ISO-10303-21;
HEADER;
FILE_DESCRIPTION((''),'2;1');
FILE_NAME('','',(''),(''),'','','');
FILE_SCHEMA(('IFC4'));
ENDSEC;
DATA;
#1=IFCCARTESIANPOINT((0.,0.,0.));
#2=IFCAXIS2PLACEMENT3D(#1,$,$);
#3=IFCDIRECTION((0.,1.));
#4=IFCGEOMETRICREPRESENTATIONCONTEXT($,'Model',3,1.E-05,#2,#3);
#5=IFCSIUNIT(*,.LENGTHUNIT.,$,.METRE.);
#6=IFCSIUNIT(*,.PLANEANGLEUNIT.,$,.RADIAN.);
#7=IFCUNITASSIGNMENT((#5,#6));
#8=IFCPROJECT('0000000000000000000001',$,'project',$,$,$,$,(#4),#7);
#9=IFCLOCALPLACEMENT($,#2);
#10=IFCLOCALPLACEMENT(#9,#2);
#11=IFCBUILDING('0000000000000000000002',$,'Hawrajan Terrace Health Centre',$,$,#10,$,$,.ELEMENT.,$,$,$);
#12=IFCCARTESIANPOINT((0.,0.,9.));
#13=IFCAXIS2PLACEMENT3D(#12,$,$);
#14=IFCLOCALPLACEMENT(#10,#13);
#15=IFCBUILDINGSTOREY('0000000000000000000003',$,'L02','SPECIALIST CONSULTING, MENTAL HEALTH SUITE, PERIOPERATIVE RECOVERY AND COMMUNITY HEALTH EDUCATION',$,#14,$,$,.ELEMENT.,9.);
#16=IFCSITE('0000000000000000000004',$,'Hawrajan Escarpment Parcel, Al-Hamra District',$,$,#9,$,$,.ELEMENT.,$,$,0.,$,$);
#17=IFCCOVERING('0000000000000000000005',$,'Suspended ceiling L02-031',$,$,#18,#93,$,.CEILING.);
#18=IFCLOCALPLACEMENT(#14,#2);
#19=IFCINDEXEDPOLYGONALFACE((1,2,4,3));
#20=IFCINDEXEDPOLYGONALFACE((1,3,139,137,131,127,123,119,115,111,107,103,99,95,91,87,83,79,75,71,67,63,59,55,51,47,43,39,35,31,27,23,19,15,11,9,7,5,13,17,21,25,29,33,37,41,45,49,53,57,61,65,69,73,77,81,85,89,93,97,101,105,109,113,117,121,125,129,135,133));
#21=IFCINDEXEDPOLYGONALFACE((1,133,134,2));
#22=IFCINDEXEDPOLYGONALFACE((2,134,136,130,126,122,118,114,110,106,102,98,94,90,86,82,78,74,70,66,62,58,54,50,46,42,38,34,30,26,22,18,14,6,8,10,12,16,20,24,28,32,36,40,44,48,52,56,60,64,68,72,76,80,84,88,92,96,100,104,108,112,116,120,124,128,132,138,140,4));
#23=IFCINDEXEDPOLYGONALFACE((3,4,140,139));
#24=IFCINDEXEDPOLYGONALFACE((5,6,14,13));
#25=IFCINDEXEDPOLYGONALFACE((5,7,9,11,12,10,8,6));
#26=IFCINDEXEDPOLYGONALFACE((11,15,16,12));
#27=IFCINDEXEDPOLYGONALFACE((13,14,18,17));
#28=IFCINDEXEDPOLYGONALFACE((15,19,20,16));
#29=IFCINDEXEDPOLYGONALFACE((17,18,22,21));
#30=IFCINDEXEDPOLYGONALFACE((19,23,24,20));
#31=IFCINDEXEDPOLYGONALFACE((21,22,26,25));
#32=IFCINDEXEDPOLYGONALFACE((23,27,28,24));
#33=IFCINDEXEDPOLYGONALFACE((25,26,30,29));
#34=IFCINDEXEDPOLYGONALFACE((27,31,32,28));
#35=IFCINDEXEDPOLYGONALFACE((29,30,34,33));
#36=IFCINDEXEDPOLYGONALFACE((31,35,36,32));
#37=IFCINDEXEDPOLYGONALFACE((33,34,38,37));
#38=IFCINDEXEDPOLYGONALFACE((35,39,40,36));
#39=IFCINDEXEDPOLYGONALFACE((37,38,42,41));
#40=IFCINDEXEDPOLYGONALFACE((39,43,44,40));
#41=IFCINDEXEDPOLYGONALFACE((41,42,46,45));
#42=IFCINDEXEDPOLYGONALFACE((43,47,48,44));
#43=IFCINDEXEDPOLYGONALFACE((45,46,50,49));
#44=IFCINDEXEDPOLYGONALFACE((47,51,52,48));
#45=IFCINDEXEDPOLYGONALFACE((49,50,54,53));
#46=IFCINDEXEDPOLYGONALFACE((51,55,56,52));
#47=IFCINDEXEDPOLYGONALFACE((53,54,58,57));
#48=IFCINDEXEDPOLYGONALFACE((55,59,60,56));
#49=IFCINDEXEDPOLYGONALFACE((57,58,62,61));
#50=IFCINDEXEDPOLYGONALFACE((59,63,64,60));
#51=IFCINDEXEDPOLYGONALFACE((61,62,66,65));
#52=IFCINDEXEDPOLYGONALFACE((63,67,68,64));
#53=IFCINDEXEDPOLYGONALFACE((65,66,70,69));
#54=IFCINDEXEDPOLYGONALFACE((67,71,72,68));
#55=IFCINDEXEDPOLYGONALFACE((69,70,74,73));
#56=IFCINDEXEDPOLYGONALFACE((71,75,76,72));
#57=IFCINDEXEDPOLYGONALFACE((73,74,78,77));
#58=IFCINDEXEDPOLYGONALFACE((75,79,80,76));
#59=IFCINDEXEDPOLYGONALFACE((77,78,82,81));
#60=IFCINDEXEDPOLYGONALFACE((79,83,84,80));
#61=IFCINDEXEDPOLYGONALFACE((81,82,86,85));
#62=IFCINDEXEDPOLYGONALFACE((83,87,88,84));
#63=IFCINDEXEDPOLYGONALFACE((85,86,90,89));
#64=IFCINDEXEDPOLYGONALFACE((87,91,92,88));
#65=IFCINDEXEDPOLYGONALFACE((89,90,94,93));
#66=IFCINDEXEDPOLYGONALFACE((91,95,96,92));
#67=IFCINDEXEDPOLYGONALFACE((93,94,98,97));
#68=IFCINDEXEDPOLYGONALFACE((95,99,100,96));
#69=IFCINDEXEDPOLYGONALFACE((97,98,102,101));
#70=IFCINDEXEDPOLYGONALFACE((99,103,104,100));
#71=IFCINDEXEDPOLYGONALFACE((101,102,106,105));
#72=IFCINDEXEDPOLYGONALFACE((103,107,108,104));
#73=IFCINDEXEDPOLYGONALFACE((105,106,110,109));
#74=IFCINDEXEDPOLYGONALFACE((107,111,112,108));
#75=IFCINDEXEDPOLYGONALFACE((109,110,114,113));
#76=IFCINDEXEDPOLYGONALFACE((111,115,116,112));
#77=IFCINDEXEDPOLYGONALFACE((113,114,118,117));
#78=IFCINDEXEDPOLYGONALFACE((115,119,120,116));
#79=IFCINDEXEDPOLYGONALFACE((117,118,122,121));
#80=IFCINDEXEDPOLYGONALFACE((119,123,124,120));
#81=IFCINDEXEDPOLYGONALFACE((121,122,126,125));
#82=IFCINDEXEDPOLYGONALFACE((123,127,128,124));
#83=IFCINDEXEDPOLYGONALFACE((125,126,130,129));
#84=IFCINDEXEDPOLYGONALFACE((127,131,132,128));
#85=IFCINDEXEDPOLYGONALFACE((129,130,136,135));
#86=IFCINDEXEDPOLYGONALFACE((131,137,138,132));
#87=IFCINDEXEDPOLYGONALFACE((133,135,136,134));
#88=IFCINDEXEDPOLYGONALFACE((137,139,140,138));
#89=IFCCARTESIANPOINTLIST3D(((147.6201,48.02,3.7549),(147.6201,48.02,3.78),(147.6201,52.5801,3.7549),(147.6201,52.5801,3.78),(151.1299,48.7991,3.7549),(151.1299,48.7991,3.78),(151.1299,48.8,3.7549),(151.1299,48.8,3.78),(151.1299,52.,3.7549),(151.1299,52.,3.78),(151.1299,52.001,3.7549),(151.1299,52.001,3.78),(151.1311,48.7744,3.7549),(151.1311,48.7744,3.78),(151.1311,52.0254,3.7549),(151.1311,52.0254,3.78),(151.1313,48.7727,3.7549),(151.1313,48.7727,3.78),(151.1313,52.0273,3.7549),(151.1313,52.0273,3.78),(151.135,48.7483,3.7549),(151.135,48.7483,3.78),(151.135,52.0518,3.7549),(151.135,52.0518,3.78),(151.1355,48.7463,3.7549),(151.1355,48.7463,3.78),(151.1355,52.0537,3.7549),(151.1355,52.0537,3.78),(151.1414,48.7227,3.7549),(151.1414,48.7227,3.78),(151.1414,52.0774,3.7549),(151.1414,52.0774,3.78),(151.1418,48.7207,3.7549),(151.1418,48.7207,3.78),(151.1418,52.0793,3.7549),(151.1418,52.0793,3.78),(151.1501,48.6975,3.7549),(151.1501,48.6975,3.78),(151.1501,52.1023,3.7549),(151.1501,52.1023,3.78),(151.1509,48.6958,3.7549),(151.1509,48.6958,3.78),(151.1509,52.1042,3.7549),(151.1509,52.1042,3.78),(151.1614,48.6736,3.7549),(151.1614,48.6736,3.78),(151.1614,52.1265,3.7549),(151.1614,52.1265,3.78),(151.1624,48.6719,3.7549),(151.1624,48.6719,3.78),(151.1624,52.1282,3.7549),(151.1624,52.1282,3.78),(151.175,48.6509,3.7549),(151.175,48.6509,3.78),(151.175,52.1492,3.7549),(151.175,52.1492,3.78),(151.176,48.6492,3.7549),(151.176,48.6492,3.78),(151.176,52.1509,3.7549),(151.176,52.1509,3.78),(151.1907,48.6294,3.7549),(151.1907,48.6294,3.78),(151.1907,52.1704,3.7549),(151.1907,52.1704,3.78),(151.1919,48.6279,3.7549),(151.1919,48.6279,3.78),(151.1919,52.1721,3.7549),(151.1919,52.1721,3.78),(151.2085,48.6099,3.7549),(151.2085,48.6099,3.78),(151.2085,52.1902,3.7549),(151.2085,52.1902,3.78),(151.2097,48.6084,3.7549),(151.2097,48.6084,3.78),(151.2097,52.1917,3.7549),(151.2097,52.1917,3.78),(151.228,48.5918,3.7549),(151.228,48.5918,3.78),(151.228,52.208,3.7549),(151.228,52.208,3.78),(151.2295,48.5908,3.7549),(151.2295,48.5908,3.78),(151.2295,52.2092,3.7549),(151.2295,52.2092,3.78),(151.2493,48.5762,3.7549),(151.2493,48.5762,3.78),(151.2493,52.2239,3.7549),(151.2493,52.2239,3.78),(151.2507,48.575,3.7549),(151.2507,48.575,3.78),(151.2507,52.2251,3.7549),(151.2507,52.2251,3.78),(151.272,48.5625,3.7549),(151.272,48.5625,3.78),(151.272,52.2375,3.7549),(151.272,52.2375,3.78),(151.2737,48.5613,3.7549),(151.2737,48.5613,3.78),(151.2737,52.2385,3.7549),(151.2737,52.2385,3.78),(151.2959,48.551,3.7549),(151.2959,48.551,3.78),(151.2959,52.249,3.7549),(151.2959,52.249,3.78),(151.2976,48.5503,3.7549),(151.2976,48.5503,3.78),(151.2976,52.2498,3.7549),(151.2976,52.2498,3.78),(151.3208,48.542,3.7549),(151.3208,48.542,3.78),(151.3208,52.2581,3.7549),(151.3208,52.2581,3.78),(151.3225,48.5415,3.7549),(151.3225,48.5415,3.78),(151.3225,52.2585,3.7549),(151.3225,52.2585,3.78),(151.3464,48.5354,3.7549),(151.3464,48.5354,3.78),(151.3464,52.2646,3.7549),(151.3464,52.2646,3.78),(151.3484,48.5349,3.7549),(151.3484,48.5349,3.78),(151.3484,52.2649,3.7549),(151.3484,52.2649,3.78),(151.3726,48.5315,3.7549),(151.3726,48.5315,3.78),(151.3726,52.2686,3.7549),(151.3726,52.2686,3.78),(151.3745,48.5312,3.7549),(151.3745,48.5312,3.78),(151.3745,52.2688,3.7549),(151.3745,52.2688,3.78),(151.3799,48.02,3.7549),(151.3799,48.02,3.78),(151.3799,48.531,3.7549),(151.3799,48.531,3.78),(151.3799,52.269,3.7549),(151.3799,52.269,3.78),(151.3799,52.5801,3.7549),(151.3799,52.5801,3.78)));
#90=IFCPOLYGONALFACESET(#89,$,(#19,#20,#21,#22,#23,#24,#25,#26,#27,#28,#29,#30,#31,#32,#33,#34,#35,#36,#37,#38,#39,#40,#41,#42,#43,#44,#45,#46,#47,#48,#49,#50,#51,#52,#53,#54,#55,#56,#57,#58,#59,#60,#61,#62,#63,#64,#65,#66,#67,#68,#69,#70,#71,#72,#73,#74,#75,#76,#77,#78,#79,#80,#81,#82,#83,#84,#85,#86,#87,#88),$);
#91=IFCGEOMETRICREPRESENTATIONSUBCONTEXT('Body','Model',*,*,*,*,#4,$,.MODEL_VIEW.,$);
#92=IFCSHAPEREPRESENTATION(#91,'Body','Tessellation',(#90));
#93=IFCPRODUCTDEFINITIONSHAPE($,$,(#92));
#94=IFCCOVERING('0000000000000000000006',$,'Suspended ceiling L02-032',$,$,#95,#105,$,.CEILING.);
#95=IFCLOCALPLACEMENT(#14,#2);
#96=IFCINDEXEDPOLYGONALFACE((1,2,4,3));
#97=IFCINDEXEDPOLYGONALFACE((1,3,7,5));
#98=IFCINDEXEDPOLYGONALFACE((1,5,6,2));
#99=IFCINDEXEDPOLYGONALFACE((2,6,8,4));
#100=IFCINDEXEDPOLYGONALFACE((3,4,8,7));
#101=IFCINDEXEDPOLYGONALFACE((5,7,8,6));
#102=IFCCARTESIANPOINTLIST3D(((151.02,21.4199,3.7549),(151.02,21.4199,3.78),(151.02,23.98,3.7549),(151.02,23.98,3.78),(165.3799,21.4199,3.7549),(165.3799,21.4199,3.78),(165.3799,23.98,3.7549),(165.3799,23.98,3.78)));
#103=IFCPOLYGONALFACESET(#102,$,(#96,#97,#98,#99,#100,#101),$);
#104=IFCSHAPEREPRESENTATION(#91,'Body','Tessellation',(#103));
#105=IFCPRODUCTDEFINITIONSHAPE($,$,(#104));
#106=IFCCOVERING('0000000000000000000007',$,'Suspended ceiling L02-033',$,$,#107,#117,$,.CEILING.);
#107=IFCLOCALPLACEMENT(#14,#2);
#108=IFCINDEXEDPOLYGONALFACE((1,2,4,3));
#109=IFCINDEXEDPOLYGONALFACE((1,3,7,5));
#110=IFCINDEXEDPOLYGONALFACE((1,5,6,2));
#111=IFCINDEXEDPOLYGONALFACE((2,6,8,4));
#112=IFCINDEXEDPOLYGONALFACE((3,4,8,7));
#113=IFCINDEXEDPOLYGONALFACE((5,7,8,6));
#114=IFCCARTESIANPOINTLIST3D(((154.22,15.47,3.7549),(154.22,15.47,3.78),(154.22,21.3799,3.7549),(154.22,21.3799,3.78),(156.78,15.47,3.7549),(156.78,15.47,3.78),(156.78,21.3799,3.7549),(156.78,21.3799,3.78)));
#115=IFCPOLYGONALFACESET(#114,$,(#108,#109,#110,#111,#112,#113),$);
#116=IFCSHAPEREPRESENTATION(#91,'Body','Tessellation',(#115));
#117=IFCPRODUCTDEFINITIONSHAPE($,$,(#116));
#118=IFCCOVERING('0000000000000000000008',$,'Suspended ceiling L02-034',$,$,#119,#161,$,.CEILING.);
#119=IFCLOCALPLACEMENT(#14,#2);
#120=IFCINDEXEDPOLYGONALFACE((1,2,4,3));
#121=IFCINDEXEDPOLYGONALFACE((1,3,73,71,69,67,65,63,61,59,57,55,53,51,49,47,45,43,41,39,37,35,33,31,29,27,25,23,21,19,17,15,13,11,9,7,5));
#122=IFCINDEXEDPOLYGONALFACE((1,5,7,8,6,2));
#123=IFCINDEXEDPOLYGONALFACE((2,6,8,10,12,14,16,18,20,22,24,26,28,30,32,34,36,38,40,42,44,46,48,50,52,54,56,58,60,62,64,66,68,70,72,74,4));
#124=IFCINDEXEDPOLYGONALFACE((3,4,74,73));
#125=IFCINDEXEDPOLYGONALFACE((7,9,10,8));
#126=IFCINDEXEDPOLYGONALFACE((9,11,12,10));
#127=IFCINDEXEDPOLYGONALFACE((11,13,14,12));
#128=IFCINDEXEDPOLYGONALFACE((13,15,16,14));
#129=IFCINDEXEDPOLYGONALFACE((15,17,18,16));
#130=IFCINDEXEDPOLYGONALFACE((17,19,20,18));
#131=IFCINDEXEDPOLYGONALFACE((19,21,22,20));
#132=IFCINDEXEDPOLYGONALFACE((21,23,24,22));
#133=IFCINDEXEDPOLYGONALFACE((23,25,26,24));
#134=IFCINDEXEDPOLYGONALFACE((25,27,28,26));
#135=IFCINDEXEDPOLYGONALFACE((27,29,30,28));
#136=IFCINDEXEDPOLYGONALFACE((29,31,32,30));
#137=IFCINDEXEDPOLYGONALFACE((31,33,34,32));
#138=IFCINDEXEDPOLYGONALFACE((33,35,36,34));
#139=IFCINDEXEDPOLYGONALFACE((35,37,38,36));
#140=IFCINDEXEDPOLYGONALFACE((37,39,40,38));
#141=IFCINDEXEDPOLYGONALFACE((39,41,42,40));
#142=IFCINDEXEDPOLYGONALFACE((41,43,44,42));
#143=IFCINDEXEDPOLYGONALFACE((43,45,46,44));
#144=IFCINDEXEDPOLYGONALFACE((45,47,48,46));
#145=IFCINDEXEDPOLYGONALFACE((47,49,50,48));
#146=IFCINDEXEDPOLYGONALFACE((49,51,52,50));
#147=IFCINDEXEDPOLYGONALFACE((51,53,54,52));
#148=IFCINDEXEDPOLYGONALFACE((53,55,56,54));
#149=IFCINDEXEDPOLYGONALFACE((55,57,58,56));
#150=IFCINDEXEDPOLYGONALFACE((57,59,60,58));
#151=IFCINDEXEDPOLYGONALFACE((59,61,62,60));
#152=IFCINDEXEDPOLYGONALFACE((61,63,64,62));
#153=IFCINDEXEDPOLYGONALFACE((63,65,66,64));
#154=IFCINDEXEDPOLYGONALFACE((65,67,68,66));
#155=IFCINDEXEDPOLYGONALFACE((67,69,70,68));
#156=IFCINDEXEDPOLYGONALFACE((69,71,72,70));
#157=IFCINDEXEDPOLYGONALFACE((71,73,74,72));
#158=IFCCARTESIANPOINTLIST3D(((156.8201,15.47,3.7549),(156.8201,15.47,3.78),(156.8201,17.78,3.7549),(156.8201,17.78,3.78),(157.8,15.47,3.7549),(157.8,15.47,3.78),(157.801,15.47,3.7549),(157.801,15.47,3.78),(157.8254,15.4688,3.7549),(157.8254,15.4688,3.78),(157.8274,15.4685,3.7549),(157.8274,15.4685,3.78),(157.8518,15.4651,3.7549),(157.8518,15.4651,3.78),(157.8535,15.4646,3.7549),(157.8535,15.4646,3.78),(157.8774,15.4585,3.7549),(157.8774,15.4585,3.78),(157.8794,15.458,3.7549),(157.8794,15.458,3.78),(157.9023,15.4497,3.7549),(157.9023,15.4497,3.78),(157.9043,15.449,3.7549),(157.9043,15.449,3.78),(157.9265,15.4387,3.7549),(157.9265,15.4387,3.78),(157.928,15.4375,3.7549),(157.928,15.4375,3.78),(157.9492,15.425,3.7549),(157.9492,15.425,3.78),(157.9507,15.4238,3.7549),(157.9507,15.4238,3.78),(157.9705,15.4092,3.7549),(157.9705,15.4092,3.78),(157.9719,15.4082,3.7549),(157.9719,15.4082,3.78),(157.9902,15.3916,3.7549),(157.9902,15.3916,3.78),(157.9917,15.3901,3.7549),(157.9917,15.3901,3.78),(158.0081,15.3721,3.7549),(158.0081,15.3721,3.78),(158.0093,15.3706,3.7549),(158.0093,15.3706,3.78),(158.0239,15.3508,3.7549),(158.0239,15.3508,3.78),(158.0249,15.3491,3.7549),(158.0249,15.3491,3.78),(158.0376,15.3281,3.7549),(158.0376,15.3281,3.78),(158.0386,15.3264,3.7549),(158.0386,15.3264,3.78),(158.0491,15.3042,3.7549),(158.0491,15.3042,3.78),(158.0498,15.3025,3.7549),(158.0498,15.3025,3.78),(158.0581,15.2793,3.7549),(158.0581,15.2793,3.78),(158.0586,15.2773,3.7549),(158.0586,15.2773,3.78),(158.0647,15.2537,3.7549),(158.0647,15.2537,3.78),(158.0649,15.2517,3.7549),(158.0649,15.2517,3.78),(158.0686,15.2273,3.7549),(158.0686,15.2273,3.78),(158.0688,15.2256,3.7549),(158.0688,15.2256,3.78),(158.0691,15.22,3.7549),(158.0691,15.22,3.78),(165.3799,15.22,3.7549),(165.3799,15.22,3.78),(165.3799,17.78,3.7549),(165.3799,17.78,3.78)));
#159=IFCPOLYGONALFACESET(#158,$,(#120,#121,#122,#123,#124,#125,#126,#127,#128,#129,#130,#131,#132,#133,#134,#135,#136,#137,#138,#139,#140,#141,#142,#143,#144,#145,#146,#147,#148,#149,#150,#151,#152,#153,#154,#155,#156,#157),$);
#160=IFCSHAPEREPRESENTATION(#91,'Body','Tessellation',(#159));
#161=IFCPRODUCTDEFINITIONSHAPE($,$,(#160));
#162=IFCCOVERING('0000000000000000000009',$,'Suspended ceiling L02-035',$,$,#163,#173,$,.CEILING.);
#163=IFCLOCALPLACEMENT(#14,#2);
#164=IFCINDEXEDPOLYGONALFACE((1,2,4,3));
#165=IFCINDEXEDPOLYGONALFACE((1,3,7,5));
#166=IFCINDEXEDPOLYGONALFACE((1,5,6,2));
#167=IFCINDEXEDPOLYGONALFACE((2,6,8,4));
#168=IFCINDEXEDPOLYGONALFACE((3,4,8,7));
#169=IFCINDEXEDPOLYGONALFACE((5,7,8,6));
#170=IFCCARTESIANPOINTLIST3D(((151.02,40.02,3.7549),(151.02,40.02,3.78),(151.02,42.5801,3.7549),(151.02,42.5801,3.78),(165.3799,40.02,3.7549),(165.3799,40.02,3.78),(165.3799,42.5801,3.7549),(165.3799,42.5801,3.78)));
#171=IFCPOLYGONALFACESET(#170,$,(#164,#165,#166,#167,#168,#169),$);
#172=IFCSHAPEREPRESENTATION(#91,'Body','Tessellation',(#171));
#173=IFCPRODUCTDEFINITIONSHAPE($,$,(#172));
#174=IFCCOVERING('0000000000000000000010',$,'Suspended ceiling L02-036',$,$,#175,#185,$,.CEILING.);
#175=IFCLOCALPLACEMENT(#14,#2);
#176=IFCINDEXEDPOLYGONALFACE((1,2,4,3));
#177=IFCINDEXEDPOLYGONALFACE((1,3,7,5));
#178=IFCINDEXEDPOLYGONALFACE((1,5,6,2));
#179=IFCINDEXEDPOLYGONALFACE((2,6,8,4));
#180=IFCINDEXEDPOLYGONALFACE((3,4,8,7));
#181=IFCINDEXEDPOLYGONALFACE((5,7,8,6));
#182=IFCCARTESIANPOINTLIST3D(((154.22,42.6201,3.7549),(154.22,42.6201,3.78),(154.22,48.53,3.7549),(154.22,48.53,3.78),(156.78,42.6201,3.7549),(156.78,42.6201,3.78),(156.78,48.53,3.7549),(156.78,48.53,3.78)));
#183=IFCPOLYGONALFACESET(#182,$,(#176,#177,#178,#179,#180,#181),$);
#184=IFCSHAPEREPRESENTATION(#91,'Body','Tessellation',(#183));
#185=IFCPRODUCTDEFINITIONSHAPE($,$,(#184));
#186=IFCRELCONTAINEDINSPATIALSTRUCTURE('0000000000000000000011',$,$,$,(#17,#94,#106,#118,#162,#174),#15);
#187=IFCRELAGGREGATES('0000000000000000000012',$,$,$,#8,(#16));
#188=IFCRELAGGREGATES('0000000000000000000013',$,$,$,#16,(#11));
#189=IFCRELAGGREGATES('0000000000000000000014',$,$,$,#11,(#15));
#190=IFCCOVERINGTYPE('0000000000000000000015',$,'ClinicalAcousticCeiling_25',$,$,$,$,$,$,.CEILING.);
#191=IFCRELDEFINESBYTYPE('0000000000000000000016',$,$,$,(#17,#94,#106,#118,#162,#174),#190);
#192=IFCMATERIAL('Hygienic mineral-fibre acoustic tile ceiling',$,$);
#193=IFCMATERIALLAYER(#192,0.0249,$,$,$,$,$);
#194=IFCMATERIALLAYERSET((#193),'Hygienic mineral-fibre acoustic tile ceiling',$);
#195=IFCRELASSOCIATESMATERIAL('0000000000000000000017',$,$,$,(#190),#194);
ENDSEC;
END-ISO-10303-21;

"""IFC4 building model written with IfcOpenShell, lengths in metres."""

from ifc_helpers import new_model, si_unit, direction, frame, origin, place, context, subcontext, project, spatial, polyline, outline, extrude, material, layer, layer_set, type_object, element, save


model = new_model("IFC4")

# Units and contexts
model_context = context("Model", 3, precision=1e-05, world=origin(), true_north=direction((0.0, 1.0)))
body_context = subcontext(model_context, "Body", "Model", "MODEL_VIEW")
ifc_project = project(units=[si_unit("LENGTHUNIT", "METRE"), si_unit("PLANEANGLEUNIT", "RADIAN")], contexts=[model_context])

# Site, building, storey
site_placement = place(None, origin())
site = spatial("IfcSite", under=ifc_project, at=site_placement, Name="Hawrajan Escarpment Parcel, Al-Hamra District", CompositionType="ELEMENT", RefElevation=0.0)
building_placement = place(site_placement, origin())
building = spatial("IfcBuilding", under=site, at=building_placement, Name="Hawrajan Terrace Health Centre", CompositionType="ELEMENT")
storey_placement = place(building_placement, frame((0.0, 0.0, 9.0)))
storey = spatial("IfcBuildingStorey", under=building, at=storey_placement, Name="L02", Description="SPECIALIST CONSULTING, MENTAL HEALTH SUITE, PERIOPERATIVE RECOVERY AND COMMUNITY HEALTH EDUCATION", CompositionType="ELEMENT", Elevation=9.0)

# Coverings
ifc_material = material(Name="Hygienic mineral-fibre acoustic tile ceiling")
ifc_layer = layer(ifc_material, 0.0249)
ifc_layer_set = layer_set([ifc_layer], Name="Hygienic mineral-fibre acoustic tile ceiling")
covering_type = type_object("IfcCoveringType", Name="ClinicalAcousticCeiling_25", PredefinedType="CEILING", material=ifc_layer_set)
covering_1_placement = place(storey_placement, frame((0.0, 0.0, 3.7549)))
element("IfcCovering", 1, at=covering_1_placement, inside=storey, type_object=covering_type, Name="Suspended ceiling L02-031", PredefinedType="CEILING", context=body_context, shape_type="SweptSolid", body=[
    extrude(outline(polyline([(151.3799, 48.02), (147.6201, 48.02), (147.6201, 52.5801), (151.3799, 52.5801), (151.3799, 52.269), (151.3745, 52.2688), (151.3726, 52.2686), (151.3484, 52.2649), (151.3464, 52.2646), (151.3225, 52.2585), (151.3208, 52.2581), (151.2976, 52.2498), (151.2959, 52.249), (151.2737, 52.2385), (151.272, 52.2375), (151.2507, 52.2251), (151.2493, 52.2239), (151.2295, 52.2092), (151.228, 52.208), (151.2097, 52.1917), (151.2085, 52.1902), (151.1919, 52.1721), (151.1907, 52.1704), (151.176, 52.1509), (151.175, 52.1492), (151.1624, 52.1282), (151.1614, 52.1265), (151.1509, 52.1042), (151.1501, 52.1023), (151.1418, 52.0793), (151.1414, 52.0774), (151.1355, 52.0537), (151.135, 52.0518), (151.1313, 52.0273), (151.1311, 52.0254), (151.1299, 52.001), (151.1299, 52.0), (151.1299, 48.8), (151.1299, 48.7991), (151.1311, 48.7744), (151.1313, 48.7727), (151.135, 48.7483), (151.1355, 48.7463), (151.1414, 48.7227), (151.1418, 48.7207), (151.1501, 48.6975), (151.1509, 48.6958), (151.1614, 48.6736), (151.1624, 48.6719), (151.175, 48.6509), (151.176, 48.6492), (151.1907, 48.6294), (151.1919, 48.6279), (151.2085, 48.6099), (151.2097, 48.6084), (151.228, 48.5918), (151.2295, 48.5908), (151.2493, 48.5762), (151.2507, 48.575), (151.272, 48.5625), (151.2737, 48.5613), (151.2959, 48.551), (151.2976, 48.5503), (151.3208, 48.542), (151.3225, 48.5415), (151.3464, 48.5354), (151.3484, 48.5349), (151.3726, 48.5315), (151.3745, 48.5312), (151.3799, 48.531), (151.3799, 48.02)])), origin(), (0.0, 0.0, 1.0), 0.0251),
])
covering_2_placement = place(storey_placement, frame((0.0, 0.0, 3.7549)))
element("IfcCovering", 2, at=covering_2_placement, inside=storey, type_object=covering_type, Name="Suspended ceiling L02-032", PredefinedType="CEILING", context=body_context, shape_type="SweptSolid", body=[
    extrude(outline(polyline([(151.02, 23.98), (165.3799, 23.98), (165.3799, 21.4199), (151.02, 21.4199), (151.02, 23.98)])), origin(), (0.0, 0.0, 1.0), 0.0251),
])
covering_3_placement = place(storey_placement, frame((0.0, 0.0, 3.7549)))
element("IfcCovering", 3, at=covering_3_placement, inside=storey, type_object=covering_type, Name="Suspended ceiling L02-033", PredefinedType="CEILING", context=body_context, shape_type="SweptSolid", body=[
    extrude(outline(polyline([(154.22, 21.3799), (156.78, 21.3799), (156.78, 15.47), (154.22, 15.47), (154.22, 21.3799)])), origin(), (0.0, 0.0, 1.0), 0.0251),
])
covering_4_placement = place(storey_placement, frame((0.0, 0.0, 3.7549)))
element("IfcCovering", 4, at=covering_4_placement, inside=storey, type_object=covering_type, Name="Suspended ceiling L02-034", PredefinedType="CEILING", context=body_context, shape_type="SweptSolid", body=[
    extrude(outline(polyline([(156.8201, 17.78), (165.3799, 17.78), (165.3799, 15.22), (158.0691, 15.22), (158.0688, 15.2256), (158.0686, 15.2273), (158.0649, 15.2517), (158.0647, 15.2537), (158.0586, 15.2773), (158.0581, 15.2793), (158.0498, 15.3025), (158.0491, 15.3042), (158.0386, 15.3264), (158.0376, 15.3281), (158.0249, 15.3491), (158.0239, 15.3508), (158.0093, 15.3706), (158.0081, 15.3721), (157.9917, 15.3901), (157.9902, 15.3916), (157.9719, 15.4082), (157.9705, 15.4092), (157.9507, 15.4238), (157.9492, 15.425), (157.928, 15.4375), (157.9265, 15.4387), (157.9043, 15.449), (157.9023, 15.4497), (157.8794, 15.458), (157.8774, 15.4585), (157.8535, 15.4646), (157.8518, 15.4651), (157.8274, 15.4685), (157.8254, 15.4688), (157.801, 15.47), (157.8, 15.47), (156.8201, 15.47), (156.8201, 17.78)])), origin(), (0.0, 0.0, 1.0), 0.0251),
])
covering_5_placement = place(storey_placement, frame((0.0, 0.0, 3.7549)))
element("IfcCovering", 5, at=covering_5_placement, inside=storey, type_object=covering_type, Name="Suspended ceiling L02-035", PredefinedType="CEILING", context=body_context, shape_type="SweptSolid", body=[
    extrude(outline(polyline([(151.02, 42.5801), (165.3799, 42.5801), (165.3799, 40.02), (151.02, 40.02), (151.02, 42.5801)])), origin(), (0.0, 0.0, 1.0), 0.0251),
])
covering_6_placement = place(storey_placement, frame((0.0, 0.0, 3.7549)))
element("IfcCovering", 6, at=covering_6_placement, inside=storey, type_object=covering_type, Name="Suspended ceiling L02-036", PredefinedType="CEILING", context=body_context, shape_type="SweptSolid", body=[
    extrude(outline(polyline([(156.78, 42.6201), (154.22, 42.6201), (154.22, 48.53), (156.78, 48.53), (156.78, 42.6201)])), origin(), (0.0, 0.0, 1.0), 0.0251),
])

save(model, "model.ifc")
